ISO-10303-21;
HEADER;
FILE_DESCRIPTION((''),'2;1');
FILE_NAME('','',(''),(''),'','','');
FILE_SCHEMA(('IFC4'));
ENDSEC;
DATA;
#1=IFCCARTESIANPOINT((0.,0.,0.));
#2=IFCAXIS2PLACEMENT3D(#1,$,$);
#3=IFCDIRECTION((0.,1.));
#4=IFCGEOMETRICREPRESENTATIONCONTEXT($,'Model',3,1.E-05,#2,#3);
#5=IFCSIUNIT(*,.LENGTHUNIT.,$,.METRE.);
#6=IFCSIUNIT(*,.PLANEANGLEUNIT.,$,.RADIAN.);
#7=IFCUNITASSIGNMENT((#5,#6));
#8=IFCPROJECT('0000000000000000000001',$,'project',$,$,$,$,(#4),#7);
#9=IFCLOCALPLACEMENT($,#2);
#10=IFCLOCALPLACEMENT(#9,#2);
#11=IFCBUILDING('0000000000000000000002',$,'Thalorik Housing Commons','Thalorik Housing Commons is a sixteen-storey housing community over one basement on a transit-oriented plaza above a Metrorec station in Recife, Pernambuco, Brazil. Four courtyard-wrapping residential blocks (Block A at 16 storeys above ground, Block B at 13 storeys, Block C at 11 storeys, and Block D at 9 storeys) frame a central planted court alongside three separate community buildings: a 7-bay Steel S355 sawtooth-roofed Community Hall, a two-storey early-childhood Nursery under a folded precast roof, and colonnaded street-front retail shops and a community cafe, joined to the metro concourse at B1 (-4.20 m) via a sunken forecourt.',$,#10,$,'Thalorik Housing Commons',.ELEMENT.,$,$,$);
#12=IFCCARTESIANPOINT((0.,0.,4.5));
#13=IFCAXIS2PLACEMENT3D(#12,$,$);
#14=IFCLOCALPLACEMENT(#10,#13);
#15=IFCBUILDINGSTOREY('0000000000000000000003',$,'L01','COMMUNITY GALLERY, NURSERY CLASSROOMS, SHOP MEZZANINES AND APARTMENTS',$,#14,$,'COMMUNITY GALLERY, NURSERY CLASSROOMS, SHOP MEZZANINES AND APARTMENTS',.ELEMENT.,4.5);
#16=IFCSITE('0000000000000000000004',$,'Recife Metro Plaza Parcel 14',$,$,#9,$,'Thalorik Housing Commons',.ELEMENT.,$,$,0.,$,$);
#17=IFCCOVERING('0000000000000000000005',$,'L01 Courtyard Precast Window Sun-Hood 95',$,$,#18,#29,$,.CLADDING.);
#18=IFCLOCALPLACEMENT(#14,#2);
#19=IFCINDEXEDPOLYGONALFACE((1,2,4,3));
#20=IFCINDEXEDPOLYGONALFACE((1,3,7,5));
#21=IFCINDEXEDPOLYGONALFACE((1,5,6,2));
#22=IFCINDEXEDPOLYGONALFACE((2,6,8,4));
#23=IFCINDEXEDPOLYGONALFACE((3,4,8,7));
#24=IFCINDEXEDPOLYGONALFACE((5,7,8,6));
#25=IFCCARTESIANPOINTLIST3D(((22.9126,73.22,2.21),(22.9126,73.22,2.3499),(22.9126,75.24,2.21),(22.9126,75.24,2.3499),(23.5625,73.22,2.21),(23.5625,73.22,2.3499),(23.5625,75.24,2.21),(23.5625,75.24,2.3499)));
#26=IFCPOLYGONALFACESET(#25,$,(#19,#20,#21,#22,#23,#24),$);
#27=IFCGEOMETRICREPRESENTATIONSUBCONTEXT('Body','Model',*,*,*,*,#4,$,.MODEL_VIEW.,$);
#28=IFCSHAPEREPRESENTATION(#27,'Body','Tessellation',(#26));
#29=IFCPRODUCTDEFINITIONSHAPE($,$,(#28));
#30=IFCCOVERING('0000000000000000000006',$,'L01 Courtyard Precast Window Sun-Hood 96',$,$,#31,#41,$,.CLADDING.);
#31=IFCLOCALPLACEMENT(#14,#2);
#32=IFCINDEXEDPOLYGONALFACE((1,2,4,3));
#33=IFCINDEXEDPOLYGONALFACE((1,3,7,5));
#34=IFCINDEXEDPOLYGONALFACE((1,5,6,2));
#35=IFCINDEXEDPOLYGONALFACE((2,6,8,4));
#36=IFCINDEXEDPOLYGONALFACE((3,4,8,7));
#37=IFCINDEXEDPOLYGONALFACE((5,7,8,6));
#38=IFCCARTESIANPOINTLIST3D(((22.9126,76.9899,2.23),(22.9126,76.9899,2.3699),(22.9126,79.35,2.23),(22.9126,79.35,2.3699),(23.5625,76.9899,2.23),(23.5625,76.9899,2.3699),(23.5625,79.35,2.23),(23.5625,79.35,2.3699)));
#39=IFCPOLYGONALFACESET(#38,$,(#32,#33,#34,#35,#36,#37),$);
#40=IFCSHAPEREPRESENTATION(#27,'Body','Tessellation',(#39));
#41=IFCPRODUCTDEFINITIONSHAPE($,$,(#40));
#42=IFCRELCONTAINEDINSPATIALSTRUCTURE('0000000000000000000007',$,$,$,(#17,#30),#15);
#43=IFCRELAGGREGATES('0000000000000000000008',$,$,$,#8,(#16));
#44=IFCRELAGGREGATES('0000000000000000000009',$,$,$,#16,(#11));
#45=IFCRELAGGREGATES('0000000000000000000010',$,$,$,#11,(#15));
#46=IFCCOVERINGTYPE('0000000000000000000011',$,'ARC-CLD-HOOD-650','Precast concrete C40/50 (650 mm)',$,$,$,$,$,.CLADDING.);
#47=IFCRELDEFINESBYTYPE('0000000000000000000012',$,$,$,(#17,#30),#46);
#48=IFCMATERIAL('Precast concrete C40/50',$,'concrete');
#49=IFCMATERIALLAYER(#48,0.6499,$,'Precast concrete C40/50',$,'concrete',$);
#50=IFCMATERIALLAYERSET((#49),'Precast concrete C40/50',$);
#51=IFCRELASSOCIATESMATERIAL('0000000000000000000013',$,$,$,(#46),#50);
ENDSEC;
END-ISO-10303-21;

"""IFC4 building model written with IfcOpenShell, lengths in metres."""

from ifc_helpers import new_model, si_unit, direction, frame, origin, origin_2d, place, context, subcontext, project, spatial, rectangle, extrude, material, layer, layer_set, type_object, element, save


model = new_model("IFC4")

# Units and contexts
model_context = context("Model", 3, precision=1e-05, world=origin(), true_north=direction((0.0, 1.0)))
body_context = subcontext(model_context, "Body", "Model", "MODEL_VIEW")
ifc_project = project(units=[si_unit("LENGTHUNIT", "METRE"), si_unit("PLANEANGLEUNIT", "RADIAN")], contexts=[model_context])

# Site, building, storey
site_placement = place(None, origin())
site = spatial("IfcSite", under=ifc_project, at=site_placement, Name="Recife Metro Plaza Parcel 14", LongName="Thalorik Housing Commons", CompositionType="ELEMENT", RefElevation=0.0)
building_placement = place(site_placement, origin())
building = spatial("IfcBuilding", under=site, at=building_placement, Name="Thalorik Housing Commons", Description="Thalorik Housing Commons is a sixteen-storey housing community over one basement on a transit-oriented plaza above a Metrorec station in Recife, Pernambuco, Brazil. Four courtyard-wrapping residential blocks (Block A at 16 storeys above ground, Block B at 13 storeys, Block C at 11 storeys, and Block D at 9 storeys) frame a central planted court alongside three separate community buildings: a 7-bay Steel S355 sawtooth-roofed Community Hall, a two-storey early-childhood Nursery under a folded precast roof, and colonnaded street-front retail shops and a community cafe, joined to the metro concourse at B1 (-4.20 m) via a sunken forecourt.", LongName="Thalorik Housing Commons", CompositionType="ELEMENT")
storey_placement = place(building_placement, frame((0.0, 0.0, 4.5)))
storey = spatial("IfcBuildingStorey", under=building, at=storey_placement, Name="L01", Description="COMMUNITY GALLERY, NURSERY CLASSROOMS, SHOP MEZZANINES AND APARTMENTS", LongName="COMMUNITY GALLERY, NURSERY CLASSROOMS, SHOP MEZZANINES AND APARTMENTS", CompositionType="ELEMENT", Elevation=4.5)

# Shared definitions
ifc_material_1 = material(Name="Precast concrete C40/50", Category="concrete")

# Coverings
ifc_layer_1 = layer(ifc_material_1, 0.6499, Name="Precast concrete C40/50", Category="concrete")
ifc_layer_set_1 = layer_set([ifc_layer_1], Name="Precast concrete C40/50")
covering_type_1 = type_object("IfcCoveringType", Name="ARC-CLD-HOOD-650", Description="Precast concrete C40/50 (650 mm)", PredefinedType="CLADDING", material=ifc_layer_set_1)
covering_1_placement = place(storey_placement, frame((23.2375, 74.23, 2.21), z_axis=(0.0, 0.0, 1.0), x_axis=(0.0, 1.0, 0.0)))
element("IfcCovering", 1, at=covering_1_placement, inside=storey, type_object=covering_type_1, Name="L01 Courtyard Precast Window Sun-Hood 95", PredefinedType="CLADDING", context=body_context, shape_type="SweptSolid", body=[
    extrude(rectangle(XDim=2.02, YDim=0.6499, at=origin_2d()), origin(), (0.0, 0.0, 1.0), 0.1399),
])
covering_2_placement = place(storey_placement, frame((23.2375, 78.1699, 2.23), z_axis=(0.0, 0.0, 1.0), x_axis=(0.0, 1.0, 0.0)))
element("IfcCovering", 2, at=covering_2_placement, inside=storey, type_object=covering_type_1, Name="L01 Courtyard Precast Window Sun-Hood 96", PredefinedType="CLADDING", context=body_context, shape_type="SweptSolid", body=[
    extrude(rectangle(XDim=2.3601, YDim=0.6499, at=origin_2d()), origin(), (0.0, 0.0, 1.0), 0.1399),
])

save(model, "model.ifc")
